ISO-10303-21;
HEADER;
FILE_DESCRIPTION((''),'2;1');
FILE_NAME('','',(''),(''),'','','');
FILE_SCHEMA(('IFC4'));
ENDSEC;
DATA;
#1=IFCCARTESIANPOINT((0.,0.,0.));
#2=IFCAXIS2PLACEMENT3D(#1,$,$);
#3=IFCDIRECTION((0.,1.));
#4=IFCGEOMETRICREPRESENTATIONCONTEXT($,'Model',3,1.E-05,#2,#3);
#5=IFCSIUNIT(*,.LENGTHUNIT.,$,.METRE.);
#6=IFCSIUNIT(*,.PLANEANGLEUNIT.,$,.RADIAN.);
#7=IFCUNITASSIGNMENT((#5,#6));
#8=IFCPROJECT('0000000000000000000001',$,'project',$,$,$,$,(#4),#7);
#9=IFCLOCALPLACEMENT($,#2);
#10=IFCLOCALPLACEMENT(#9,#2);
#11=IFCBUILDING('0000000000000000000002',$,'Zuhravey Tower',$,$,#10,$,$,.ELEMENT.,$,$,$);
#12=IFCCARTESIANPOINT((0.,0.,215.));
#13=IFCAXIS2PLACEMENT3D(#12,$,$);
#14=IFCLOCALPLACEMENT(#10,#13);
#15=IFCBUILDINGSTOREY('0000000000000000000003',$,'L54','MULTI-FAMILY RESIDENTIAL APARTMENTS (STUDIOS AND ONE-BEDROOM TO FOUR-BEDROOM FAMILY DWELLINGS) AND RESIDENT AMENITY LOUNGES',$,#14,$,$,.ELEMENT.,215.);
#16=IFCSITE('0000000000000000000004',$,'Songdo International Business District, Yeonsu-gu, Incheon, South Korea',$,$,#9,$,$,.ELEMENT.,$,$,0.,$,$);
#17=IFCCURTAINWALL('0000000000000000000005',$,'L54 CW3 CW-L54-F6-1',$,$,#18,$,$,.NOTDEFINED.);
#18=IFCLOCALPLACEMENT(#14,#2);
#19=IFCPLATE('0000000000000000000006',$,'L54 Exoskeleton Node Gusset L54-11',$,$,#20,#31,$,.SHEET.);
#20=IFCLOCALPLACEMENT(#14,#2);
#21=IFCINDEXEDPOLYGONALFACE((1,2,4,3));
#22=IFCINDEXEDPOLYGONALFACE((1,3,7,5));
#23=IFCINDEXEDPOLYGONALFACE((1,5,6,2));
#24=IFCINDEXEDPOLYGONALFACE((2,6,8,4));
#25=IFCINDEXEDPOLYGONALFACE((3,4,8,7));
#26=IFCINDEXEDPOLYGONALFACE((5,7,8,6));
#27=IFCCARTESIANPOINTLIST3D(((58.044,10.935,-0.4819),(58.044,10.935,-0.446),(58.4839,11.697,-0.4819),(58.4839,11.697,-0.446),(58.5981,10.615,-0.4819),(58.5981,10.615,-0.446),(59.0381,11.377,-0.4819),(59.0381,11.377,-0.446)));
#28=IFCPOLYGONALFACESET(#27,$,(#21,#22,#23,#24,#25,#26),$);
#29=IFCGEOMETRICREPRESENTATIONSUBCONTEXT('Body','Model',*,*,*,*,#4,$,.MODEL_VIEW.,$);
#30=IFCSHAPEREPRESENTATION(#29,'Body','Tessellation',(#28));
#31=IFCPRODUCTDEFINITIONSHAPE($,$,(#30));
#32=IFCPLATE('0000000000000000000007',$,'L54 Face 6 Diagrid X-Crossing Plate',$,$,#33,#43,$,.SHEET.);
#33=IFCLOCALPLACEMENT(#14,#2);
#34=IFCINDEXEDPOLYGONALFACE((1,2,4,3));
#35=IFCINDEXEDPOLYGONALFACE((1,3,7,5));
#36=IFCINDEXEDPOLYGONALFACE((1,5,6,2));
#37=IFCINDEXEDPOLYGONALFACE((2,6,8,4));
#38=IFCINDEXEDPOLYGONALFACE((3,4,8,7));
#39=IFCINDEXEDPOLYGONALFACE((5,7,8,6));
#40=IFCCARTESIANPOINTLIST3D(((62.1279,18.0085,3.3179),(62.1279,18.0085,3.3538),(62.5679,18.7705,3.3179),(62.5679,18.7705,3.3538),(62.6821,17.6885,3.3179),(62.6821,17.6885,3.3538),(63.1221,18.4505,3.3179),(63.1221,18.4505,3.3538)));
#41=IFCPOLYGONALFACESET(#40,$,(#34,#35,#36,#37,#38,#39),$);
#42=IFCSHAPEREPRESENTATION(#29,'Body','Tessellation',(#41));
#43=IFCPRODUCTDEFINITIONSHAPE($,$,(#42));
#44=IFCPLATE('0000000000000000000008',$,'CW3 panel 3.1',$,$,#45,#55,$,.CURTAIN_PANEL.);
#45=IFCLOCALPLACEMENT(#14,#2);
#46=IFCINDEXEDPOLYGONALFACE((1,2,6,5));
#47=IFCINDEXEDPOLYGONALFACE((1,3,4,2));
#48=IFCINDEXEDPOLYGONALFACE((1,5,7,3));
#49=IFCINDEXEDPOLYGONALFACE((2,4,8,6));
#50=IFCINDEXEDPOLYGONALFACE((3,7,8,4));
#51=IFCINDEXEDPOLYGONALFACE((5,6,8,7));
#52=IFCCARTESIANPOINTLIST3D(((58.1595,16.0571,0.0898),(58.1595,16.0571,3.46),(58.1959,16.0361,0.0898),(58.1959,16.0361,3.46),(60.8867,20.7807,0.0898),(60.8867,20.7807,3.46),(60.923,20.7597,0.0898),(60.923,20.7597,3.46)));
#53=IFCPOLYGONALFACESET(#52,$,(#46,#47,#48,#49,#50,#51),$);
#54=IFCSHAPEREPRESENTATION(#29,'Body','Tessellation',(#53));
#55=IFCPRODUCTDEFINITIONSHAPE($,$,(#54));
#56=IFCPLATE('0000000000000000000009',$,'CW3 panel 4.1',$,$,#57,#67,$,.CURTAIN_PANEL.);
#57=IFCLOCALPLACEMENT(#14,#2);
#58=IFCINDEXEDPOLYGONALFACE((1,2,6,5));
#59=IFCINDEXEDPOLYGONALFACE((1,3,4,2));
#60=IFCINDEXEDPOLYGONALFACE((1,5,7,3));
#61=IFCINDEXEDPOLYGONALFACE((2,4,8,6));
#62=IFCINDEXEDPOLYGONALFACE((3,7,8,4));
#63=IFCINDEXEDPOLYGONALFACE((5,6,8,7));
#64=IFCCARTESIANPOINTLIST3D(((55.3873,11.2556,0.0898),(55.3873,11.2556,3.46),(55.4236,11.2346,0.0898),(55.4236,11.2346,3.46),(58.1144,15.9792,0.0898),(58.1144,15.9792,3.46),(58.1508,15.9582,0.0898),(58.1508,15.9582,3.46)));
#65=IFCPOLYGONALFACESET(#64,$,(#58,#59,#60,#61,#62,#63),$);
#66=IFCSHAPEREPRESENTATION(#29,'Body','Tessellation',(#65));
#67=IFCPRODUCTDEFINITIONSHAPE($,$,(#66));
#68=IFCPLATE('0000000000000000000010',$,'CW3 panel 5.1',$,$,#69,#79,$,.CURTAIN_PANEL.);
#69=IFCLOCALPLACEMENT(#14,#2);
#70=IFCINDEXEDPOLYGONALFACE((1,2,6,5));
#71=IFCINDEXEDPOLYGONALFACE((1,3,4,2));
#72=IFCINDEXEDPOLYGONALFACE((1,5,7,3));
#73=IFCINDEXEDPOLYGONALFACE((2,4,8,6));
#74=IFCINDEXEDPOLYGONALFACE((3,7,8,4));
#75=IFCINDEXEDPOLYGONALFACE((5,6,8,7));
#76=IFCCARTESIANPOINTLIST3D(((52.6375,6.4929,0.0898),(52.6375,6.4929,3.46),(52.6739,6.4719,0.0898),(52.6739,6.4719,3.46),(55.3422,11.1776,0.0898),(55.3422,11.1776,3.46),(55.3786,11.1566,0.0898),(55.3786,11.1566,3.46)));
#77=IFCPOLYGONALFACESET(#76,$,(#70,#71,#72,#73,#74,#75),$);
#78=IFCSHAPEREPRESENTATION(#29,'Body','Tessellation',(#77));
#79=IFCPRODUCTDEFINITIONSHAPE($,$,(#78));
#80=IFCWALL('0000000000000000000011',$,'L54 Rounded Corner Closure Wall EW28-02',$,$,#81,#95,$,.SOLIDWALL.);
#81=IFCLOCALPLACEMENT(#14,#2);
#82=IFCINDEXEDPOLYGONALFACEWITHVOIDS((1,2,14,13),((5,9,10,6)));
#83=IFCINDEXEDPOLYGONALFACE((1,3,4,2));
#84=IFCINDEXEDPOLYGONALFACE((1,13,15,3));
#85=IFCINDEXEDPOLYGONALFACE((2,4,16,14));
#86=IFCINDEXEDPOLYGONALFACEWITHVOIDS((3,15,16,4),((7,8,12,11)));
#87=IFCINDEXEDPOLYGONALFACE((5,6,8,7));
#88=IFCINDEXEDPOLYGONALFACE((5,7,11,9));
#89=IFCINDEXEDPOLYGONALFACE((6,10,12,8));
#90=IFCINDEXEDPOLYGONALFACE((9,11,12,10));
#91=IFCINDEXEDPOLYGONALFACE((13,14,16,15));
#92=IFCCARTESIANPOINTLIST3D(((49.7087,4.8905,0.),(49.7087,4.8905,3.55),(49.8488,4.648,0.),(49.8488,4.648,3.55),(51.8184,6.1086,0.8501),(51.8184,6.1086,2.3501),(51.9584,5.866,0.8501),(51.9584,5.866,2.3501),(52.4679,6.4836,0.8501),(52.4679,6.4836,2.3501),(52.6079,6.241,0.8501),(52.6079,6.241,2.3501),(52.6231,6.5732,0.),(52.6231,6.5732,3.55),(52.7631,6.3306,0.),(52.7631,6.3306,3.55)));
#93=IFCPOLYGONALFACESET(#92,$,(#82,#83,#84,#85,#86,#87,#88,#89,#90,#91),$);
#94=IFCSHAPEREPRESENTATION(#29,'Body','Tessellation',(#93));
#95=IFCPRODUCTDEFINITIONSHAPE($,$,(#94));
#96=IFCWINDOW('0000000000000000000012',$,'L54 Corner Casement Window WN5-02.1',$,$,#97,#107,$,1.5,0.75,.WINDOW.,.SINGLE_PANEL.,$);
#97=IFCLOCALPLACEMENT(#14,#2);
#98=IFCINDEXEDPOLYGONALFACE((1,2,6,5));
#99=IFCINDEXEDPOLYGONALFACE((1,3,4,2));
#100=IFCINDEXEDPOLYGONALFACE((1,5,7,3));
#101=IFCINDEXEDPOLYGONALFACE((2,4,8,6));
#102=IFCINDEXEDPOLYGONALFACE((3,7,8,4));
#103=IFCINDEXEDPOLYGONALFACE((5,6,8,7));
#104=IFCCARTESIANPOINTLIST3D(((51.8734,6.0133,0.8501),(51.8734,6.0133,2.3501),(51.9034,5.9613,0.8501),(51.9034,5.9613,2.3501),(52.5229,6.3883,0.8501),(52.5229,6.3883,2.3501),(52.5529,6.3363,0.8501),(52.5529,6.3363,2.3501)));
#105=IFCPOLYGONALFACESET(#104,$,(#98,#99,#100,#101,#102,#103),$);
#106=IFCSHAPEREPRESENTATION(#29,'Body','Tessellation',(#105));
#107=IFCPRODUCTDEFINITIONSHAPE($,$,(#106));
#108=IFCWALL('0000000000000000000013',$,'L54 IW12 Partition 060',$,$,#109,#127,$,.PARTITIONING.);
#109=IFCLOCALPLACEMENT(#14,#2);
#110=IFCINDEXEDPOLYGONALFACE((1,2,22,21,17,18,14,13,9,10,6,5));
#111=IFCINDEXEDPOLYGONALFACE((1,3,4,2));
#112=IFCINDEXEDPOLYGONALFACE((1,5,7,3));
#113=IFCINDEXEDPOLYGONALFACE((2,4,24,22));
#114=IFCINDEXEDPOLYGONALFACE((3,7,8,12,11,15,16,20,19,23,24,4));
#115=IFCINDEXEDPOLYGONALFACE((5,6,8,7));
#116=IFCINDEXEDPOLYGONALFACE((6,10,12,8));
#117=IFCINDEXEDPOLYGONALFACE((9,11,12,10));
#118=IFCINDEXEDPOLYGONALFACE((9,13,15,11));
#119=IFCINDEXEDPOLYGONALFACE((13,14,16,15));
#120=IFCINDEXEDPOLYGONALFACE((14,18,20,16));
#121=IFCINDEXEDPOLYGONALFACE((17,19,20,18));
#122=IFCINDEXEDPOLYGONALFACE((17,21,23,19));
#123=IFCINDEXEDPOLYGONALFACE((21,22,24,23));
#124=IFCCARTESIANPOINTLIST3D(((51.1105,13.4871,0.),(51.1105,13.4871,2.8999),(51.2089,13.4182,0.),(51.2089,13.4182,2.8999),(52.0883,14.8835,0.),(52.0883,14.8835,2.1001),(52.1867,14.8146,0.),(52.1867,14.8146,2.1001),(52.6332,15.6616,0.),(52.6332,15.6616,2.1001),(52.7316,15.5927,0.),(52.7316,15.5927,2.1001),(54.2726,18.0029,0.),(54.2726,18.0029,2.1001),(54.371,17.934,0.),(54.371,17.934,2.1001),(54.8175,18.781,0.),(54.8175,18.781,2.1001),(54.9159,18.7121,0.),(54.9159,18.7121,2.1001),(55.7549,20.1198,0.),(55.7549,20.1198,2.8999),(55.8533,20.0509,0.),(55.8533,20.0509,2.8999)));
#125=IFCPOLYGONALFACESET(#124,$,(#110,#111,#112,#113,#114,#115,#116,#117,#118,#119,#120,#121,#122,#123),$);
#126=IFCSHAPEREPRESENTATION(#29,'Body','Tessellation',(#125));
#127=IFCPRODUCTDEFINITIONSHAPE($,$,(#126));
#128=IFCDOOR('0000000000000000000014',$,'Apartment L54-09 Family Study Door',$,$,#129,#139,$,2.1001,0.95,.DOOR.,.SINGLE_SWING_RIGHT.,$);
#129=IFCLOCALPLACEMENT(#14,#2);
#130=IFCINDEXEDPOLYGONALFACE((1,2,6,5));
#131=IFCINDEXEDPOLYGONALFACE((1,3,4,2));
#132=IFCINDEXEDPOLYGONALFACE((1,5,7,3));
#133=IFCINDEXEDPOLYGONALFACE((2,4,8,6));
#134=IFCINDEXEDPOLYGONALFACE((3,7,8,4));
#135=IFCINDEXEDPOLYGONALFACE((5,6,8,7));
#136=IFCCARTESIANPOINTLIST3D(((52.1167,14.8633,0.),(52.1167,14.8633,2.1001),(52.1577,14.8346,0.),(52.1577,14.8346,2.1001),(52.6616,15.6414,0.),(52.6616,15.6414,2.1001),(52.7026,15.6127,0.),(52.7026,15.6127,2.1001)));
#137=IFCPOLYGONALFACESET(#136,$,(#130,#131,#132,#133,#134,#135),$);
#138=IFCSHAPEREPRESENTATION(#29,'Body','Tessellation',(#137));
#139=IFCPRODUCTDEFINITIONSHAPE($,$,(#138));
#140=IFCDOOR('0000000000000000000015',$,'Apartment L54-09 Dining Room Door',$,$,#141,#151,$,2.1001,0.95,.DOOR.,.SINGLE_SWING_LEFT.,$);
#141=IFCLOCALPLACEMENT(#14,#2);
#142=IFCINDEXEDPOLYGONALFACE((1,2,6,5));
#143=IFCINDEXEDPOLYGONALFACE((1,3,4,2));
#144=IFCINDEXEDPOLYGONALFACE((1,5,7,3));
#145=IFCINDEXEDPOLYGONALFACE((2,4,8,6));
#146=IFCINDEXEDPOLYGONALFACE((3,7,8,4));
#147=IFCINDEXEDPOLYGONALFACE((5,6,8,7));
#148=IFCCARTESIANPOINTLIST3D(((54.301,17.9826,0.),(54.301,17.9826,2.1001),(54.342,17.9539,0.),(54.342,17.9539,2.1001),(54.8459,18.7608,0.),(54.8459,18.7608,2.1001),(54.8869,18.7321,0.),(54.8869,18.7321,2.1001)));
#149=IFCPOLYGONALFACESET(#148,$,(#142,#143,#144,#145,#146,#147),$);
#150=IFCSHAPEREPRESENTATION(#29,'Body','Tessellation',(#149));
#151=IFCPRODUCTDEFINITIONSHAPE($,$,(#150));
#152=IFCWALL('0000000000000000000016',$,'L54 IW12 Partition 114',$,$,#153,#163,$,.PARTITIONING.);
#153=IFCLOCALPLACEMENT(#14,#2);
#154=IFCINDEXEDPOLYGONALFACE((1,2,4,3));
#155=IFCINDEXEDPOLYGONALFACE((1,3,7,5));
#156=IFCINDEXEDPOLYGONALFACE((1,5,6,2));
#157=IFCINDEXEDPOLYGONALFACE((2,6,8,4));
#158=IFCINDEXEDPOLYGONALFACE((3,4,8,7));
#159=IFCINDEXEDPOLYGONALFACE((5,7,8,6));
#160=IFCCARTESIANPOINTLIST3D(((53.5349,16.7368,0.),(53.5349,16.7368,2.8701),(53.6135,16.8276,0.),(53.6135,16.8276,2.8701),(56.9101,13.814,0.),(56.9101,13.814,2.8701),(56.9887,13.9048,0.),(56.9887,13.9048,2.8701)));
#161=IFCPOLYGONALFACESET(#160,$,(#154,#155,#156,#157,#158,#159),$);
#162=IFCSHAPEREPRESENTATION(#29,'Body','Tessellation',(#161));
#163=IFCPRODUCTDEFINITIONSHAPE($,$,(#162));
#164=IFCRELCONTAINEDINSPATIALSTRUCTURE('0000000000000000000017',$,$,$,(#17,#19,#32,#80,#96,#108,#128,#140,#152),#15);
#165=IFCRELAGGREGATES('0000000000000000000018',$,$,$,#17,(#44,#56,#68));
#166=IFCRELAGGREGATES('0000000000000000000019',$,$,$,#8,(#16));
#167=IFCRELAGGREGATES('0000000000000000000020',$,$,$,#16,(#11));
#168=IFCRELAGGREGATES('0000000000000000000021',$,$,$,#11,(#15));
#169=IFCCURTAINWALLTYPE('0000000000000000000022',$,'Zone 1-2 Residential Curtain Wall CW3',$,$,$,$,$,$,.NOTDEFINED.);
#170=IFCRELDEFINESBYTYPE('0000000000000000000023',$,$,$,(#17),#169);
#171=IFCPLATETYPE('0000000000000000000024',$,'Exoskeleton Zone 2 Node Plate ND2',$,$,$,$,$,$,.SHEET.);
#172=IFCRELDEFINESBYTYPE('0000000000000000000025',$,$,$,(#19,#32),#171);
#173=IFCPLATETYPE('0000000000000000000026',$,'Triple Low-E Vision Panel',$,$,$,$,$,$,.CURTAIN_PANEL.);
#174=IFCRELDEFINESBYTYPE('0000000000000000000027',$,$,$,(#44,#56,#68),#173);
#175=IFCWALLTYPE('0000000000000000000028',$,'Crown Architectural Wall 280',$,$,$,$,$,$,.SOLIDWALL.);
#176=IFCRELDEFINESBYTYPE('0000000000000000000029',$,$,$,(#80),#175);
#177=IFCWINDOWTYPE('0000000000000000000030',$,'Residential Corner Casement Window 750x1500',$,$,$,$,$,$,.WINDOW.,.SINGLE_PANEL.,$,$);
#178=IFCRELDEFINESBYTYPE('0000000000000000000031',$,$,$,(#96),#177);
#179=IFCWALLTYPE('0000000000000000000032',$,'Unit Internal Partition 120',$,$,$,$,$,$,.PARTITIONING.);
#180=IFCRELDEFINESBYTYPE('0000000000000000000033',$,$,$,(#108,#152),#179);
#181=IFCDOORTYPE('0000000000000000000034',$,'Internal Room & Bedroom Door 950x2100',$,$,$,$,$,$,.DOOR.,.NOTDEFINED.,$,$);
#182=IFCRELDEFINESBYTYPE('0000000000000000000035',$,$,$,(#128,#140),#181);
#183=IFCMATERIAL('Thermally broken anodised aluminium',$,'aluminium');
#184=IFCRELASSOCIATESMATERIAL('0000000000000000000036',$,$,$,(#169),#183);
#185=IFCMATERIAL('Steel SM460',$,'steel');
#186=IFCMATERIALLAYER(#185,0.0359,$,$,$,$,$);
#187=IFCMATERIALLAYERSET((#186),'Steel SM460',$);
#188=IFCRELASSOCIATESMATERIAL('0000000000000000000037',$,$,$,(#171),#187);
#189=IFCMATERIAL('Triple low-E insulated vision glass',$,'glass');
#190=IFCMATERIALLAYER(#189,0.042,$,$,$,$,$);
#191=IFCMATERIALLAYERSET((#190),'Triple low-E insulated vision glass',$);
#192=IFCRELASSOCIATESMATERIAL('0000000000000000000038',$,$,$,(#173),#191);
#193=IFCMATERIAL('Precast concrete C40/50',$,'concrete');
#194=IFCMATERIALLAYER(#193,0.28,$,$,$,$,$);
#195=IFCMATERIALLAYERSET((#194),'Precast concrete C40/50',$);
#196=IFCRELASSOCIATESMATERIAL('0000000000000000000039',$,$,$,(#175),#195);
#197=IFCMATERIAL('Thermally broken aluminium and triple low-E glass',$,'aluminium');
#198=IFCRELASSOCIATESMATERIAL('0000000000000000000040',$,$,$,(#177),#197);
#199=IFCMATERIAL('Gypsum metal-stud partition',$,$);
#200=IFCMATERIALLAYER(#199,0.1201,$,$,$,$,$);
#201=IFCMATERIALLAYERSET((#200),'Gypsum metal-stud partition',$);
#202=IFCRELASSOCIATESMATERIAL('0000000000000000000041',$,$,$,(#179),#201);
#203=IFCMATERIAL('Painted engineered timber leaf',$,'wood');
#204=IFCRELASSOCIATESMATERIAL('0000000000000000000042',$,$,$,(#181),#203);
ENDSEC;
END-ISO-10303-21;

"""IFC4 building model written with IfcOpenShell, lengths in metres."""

from ifc_helpers import new_model, si_unit, direction, frame, frame_2d, origin, origin_2d, place, context, subcontext, project, spatial, rectangle, extrude, material, layer, layer_set, type_object, element, fill, aggregate, save


model = new_model("IFC4")

# Units and contexts
model_context = context("Model", 3, precision=1e-05, world=origin(), true_north=direction((0.0, 1.0)))
body_context = subcontext(model_context, "Body", "Model", "MODEL_VIEW")
ifc_project = project(units=[si_unit("LENGTHUNIT", "METRE"), si_unit("PLANEANGLEUNIT", "RADIAN")], contexts=[model_context])

# Site, building, storey
site_placement = place(None, origin())
site = spatial("IfcSite", under=ifc_project, at=site_placement, Name="Songdo International Business District, Yeonsu-gu, Incheon, South Korea", CompositionType="ELEMENT", RefElevation=0.0)
building_placement = place(site_placement, origin())
building = spatial("IfcBuilding", under=site, at=building_placement, Name="Zuhravey Tower", CompositionType="ELEMENT")
storey_placement = place(building_placement, frame((0.0, 0.0, 215.0)))
storey = spatial("IfcBuildingStorey", under=building, at=storey_placement, Name="L54", Description="MULTI-FAMILY RESIDENTIAL APARTMENTS (STUDIOS AND ONE-BEDROOM TO FOUR-BEDROOM FAMILY DWELLINGS) AND RESIDENT AMENITY LOUNGES", CompositionType="ELEMENT", Elevation=215.0)

# Curtain wall
ifc_material_1 = material(Name="Thermally broken anodised aluminium", Category="aluminium")
curtain_wall_type = type_object("IfcCurtainWallType", Name="Zone 1-2 Residential Curtain Wall CW3", PredefinedType="NOTDEFINED", material=ifc_material_1)
curtain_wall_1_placement = place(storey_placement, origin())
curtain_wall_1 = element("IfcCurtainWall", 1, at=curtain_wall_1_placement, inside=storey, type_object=curtain_wall_type, Name="L54 CW3 CW-L54-F6-1", PredefinedType="NOTDEFINED")

# Shared definitions
ifc_material_2 = material(Name="Steel SM460", Category="steel")

# Plates
ifc_layer_1 = layer(ifc_material_2, 0.0359)
ifc_layer_set_1 = layer_set([ifc_layer_1], Name="Steel SM460")
plate_type_1 = type_object("IfcPlateType", Name="Exoskeleton Zone 2 Node Plate ND2", PredefinedType="SHEET", material=ifc_layer_set_1)
for number, where, z_axis, x_axis, name in (
    (2, (58.541, 11.156, -0.4819), (0.0, 0.0, 1.0), (0.5, 0.866025, 0.0), "L54 Exoskeleton Node Gusset L54-11"),
    (3, (62.625, 18.2295, 3.3179), (0.0, 0.0, 1.0), (0.5, 0.866025, 0.0), "L54 Face 6 Diagrid X-Crossing Plate"),
):
    element("IfcPlate", number, at=place(storey_placement, frame(where, z_axis=z_axis, x_axis=x_axis)), inside=storey, type_object=plate_type_1, Name=name, PredefinedType="SHEET", context=body_context, shape_type="SweptSolid", body=[
        extrude(rectangle(XDim=0.8799, YDim=0.6399, at=origin_2d()), origin(), (0.0, 0.0, 1.0), 0.0359),
    ])

# Plates
ifc_material_3 = material(Name="Triple low-E insulated vision glass", Category="glass")
ifc_layer_2 = layer(ifc_material_3, 0.042)
ifc_layer_set_2 = layer_set([ifc_layer_2], Name="Triple low-E insulated vision glass")
plate_type_2 = type_object("IfcPlateType", Name="Triple Low-E Vision Panel", PredefinedType="CURTAIN_PANEL", material=ifc_layer_set_2)
plate_1_placement = place(storey_placement, frame((59.5413, 18.4084, 0.0898), z_axis=(0.0, 0.0, 1.0), x_axis=(-0.5, -0.866025, 0.0)))
plate_1 = element("IfcPlate", 4, at=plate_1_placement, type_object=plate_type_2, Name="CW3 panel 3.1", PredefinedType="CURTAIN_PANEL", context=body_context, shape_type="SweptSolid", body=[
    extrude(rectangle(XDim=5.4543, YDim=0.042, at=origin_2d()), origin(), (0.0, 0.0, 1.0), 3.3701),
])
plate_2_placement = place(storey_placement, frame((56.769, 13.6069, 0.0898), z_axis=(0.0, 0.0, 1.0), x_axis=(-0.5, -0.866025, 0.0)))
plate_2 = element("IfcPlate", 5, at=plate_2_placement, type_object=plate_type_2, Name="CW3 panel 4.1", PredefinedType="CURTAIN_PANEL", context=body_context, shape_type="SweptSolid", body=[
    extrude(rectangle(XDim=5.4543, YDim=0.042, at=origin_2d()), origin(), (0.0, 0.0, 1.0), 3.3701),
])
plate_3_placement = place(storey_placement, frame((54.0081, 8.8247, 0.0898), z_axis=(0.0, 0.0, 1.0), x_axis=(-0.5, -0.866025, 0.0)))
plate_3 = element("IfcPlate", 6, at=plate_3_placement, type_object=plate_type_2, Name="CW3 panel 5.1", PredefinedType="CURTAIN_PANEL", context=body_context, shape_type="SweptSolid", body=[
    extrude(rectangle(XDim=5.4094, YDim=0.042, at=origin_2d()), origin(), (0.0, 0.0, 1.0), 3.3701),
])
aggregate(curtain_wall_1, [plate_1, plate_2, plate_3])

# Wall, opening, window
ifc_material_4 = material(Name="Precast concrete C40/50", Category="concrete")
ifc_layer_3 = layer(ifc_material_4, 0.28)
ifc_layer_set_3 = layer_set([ifc_layer_3], Name="Precast concrete C40/50")
wall_type_1 = type_object("IfcWallType", Name="Crown Architectural Wall 280", PredefinedType="SOLIDWALL", material=ifc_layer_set_3)
wall_1_placement = place(storey_placement, frame((52.6931, 6.4519, 0.0), z_axis=(0.0, 0.0, 1.0), x_axis=(-0.86602, -0.500009, 0.0)))
wall_1 = element("IfcWall", 7, at=wall_1_placement, inside=storey, type_object=wall_type_1, Name="L54 Rounded Corner Closure Wall EW28-02", PredefinedType="SOLIDWALL", context=body_context, shape_type="SweptSolid", body=[
    extrude(rectangle(XDim=3.3652, YDim=0.28, at=frame_2d((1.6826, 0.0))), origin(), (0.0, 0.0, 1.0), 3.55),
])
opening_1_placement = place(wall_1_placement, frame((0.1792, 0.0, 0.8501)))
opening_1 = element("IfcOpeningElement", 8, at=opening_1_placement, cuts=wall_1, PredefinedType="OPENING", context=body_context, shape_type="SweptSolid", body=[
    extrude(rectangle(XDim=0.75, YDim=1.5, at=frame_2d((0.375, 0.75))), frame((0.0, 0.1521, 0.0), z_axis=(0.0, -1.0, 0.0), x_axis=(1.0, 0.0, 0.0)), (0.0, 0.0, 1.0), 0.304),
])
ifc_material_5 = material(Name="Thermally broken aluminium and triple low-E glass", Category="aluminium")
window_type = type_object("IfcWindowType", Name="Residential Corner Casement Window 750x1500", PartitioningType="SINGLE_PANEL", PredefinedType="WINDOW", material=ifc_material_5)
window_placement = place(opening_1_placement, origin())
window = element("IfcWindow", 9, at=window_placement, inside=storey, type_object=window_type, Name="L54 Corner Casement Window WN5-02.1", OverallHeight=1.5, OverallWidth=0.75, PartitioningType="SINGLE_PANEL", PredefinedType="WINDOW", context=body_context, shape_type="SweptSolid", body=[
    extrude(rectangle(XDim=0.75, YDim=1.5, at=frame_2d((0.375, 0.75))), frame((0.0, 0.03, 0.0), z_axis=(0.0, -1.0, 0.0), x_axis=(1.0, 0.0, 0.0)), (0.0, 0.0, 1.0), 0.0601),
])
fill(opening_1, window)

# Wall, openings, doors
ifc_material_6 = material(Name="Gypsum metal-stud partition")
ifc_layer_4 = layer(ifc_material_6, 0.1201)
ifc_layer_set_4 = layer_set([ifc_layer_4], Name="Gypsum metal-stud partition")
wall_type_2 = type_object("IfcWallType", Name="Unit Internal Partition 120", PredefinedType="PARTITIONING", material=ifc_layer_set_4)
wall_2_placement = place(storey_placement, frame((51.1597, 13.4526, 0.0), z_axis=(0.0, 0.0, 1.0), x_axis=(0.573592, 0.819141, 0.0)))
wall_2 = element("IfcWall", 10, at=wall_2_placement, inside=storey, type_object=wall_type_2, Name="L54 IW12 Partition 060", PredefinedType="PARTITIONING", context=body_context, shape_type="SweptSolid", body=[
    extrude(rectangle(XDim=8.0972, YDim=0.1201, at=frame_2d((4.0486, 0.0))), origin(), (0.0, 0.0, 1.0), 2.8999),
])
opening_2_placement = place(wall_2_placement, frame((1.7046, 0.0, 0.0)))
opening_2 = element("IfcOpeningElement", 11, at=opening_2_placement, cuts=wall_2, PredefinedType="OPENING", context=body_context, shape_type="SweptSolid", body=[
    extrude(rectangle(XDim=0.95, YDim=2.1001, at=frame_2d((0.4751, 1.05))), frame((0.0, 0.072, 0.0), z_axis=(0.0, -1.0, 0.0), x_axis=(1.0, 0.0, 0.0)), (0.0, 0.0, 1.0), 0.144),
])
opening_3_placement = place(wall_2_placement, frame((5.5127, 0.0, 0.0)))
opening_3 = element("IfcOpeningElement", 12, at=opening_3_placement, cuts=wall_2, PredefinedType="OPENING", context=body_context, shape_type="SweptSolid", body=[
    extrude(rectangle(XDim=0.95, YDim=2.1001, at=frame_2d((0.4751, 1.05))), frame((0.0, 0.072, 0.0), z_axis=(0.0, -1.0, 0.0), x_axis=(1.0, 0.0, 0.0)), (0.0, 0.0, 1.0), 0.144),
])
ifc_material_7 = material(Name="Painted engineered timber leaf", Category="wood")
door_type = type_object("IfcDoorType", Name="Internal Room & Bedroom Door 950x2100", OperationType="NOTDEFINED", PredefinedType="DOOR", material=ifc_material_7)
door_1_placement = place(opening_2_placement, frame((0.95, 0.0, 0.0), z_axis=(0.0, 0.0, 1.0), x_axis=(-1.0, 0.0, 0.0)))
door_1 = element("IfcDoor", 13, at=door_1_placement, inside=storey, type_object=door_type, Name="Apartment L54-09 Family Study Door", OperationType="SINGLE_SWING_RIGHT", OverallHeight=2.1001, OverallWidth=0.95, PredefinedType="DOOR", context=body_context, shape_type="SweptSolid", body=[
    extrude(rectangle(XDim=0.95, YDim=2.1001, at=frame_2d((0.4751, 1.05))), frame((0.0, 0.0249, 0.0), z_axis=(0.0, -1.0, 0.0), x_axis=(1.0, 0.0, 0.0)), (0.0, 0.0, 1.0), 0.05),
])
fill(opening_2, door_1)
door_2_placement = place(opening_3_placement, frame((0.95, 0.0, 0.0), z_axis=(0.0, 0.0, 1.0), x_axis=(-1.0, 0.0, 0.0)))
door_2 = element("IfcDoor", 14, at=door_2_placement, inside=storey, type_object=door_type, Name="Apartment L54-09 Dining Room Door", OperationType="SINGLE_SWING_LEFT", OverallHeight=2.1001, OverallWidth=0.95, PredefinedType="DOOR", context=body_context, shape_type="SweptSolid", body=[
    extrude(rectangle(XDim=0.95, YDim=2.1001, at=frame_2d((0.4751, 1.05))), frame((0.0, 0.0249, 0.0), z_axis=(0.0, -1.0, 0.0), x_axis=(1.0, 0.0, 0.0)), (0.0, 0.0, 1.0), 0.05),
])
fill(opening_3, door_2)

# Wall
wall_3_placement = place(storey_placement, frame((53.5742, 16.7822, 0.0), z_axis=(0.0, 0.0, 1.0), x_axis=(0.755951, -0.654629, 0.0)))
element("IfcWall", 15, at=wall_3_placement, inside=storey, type_object=wall_type_2, Name="L54 IW12 Partition 114", PredefinedType="PARTITIONING", context=body_context, shape_type="SweptSolid", body=[
    extrude(rectangle(XDim=4.4648, YDim=0.1201, at=frame_2d((2.2324, 0.0))), origin(), (0.0, 0.0, 1.0), 2.8701),
])

save(model, "model.ifc")
